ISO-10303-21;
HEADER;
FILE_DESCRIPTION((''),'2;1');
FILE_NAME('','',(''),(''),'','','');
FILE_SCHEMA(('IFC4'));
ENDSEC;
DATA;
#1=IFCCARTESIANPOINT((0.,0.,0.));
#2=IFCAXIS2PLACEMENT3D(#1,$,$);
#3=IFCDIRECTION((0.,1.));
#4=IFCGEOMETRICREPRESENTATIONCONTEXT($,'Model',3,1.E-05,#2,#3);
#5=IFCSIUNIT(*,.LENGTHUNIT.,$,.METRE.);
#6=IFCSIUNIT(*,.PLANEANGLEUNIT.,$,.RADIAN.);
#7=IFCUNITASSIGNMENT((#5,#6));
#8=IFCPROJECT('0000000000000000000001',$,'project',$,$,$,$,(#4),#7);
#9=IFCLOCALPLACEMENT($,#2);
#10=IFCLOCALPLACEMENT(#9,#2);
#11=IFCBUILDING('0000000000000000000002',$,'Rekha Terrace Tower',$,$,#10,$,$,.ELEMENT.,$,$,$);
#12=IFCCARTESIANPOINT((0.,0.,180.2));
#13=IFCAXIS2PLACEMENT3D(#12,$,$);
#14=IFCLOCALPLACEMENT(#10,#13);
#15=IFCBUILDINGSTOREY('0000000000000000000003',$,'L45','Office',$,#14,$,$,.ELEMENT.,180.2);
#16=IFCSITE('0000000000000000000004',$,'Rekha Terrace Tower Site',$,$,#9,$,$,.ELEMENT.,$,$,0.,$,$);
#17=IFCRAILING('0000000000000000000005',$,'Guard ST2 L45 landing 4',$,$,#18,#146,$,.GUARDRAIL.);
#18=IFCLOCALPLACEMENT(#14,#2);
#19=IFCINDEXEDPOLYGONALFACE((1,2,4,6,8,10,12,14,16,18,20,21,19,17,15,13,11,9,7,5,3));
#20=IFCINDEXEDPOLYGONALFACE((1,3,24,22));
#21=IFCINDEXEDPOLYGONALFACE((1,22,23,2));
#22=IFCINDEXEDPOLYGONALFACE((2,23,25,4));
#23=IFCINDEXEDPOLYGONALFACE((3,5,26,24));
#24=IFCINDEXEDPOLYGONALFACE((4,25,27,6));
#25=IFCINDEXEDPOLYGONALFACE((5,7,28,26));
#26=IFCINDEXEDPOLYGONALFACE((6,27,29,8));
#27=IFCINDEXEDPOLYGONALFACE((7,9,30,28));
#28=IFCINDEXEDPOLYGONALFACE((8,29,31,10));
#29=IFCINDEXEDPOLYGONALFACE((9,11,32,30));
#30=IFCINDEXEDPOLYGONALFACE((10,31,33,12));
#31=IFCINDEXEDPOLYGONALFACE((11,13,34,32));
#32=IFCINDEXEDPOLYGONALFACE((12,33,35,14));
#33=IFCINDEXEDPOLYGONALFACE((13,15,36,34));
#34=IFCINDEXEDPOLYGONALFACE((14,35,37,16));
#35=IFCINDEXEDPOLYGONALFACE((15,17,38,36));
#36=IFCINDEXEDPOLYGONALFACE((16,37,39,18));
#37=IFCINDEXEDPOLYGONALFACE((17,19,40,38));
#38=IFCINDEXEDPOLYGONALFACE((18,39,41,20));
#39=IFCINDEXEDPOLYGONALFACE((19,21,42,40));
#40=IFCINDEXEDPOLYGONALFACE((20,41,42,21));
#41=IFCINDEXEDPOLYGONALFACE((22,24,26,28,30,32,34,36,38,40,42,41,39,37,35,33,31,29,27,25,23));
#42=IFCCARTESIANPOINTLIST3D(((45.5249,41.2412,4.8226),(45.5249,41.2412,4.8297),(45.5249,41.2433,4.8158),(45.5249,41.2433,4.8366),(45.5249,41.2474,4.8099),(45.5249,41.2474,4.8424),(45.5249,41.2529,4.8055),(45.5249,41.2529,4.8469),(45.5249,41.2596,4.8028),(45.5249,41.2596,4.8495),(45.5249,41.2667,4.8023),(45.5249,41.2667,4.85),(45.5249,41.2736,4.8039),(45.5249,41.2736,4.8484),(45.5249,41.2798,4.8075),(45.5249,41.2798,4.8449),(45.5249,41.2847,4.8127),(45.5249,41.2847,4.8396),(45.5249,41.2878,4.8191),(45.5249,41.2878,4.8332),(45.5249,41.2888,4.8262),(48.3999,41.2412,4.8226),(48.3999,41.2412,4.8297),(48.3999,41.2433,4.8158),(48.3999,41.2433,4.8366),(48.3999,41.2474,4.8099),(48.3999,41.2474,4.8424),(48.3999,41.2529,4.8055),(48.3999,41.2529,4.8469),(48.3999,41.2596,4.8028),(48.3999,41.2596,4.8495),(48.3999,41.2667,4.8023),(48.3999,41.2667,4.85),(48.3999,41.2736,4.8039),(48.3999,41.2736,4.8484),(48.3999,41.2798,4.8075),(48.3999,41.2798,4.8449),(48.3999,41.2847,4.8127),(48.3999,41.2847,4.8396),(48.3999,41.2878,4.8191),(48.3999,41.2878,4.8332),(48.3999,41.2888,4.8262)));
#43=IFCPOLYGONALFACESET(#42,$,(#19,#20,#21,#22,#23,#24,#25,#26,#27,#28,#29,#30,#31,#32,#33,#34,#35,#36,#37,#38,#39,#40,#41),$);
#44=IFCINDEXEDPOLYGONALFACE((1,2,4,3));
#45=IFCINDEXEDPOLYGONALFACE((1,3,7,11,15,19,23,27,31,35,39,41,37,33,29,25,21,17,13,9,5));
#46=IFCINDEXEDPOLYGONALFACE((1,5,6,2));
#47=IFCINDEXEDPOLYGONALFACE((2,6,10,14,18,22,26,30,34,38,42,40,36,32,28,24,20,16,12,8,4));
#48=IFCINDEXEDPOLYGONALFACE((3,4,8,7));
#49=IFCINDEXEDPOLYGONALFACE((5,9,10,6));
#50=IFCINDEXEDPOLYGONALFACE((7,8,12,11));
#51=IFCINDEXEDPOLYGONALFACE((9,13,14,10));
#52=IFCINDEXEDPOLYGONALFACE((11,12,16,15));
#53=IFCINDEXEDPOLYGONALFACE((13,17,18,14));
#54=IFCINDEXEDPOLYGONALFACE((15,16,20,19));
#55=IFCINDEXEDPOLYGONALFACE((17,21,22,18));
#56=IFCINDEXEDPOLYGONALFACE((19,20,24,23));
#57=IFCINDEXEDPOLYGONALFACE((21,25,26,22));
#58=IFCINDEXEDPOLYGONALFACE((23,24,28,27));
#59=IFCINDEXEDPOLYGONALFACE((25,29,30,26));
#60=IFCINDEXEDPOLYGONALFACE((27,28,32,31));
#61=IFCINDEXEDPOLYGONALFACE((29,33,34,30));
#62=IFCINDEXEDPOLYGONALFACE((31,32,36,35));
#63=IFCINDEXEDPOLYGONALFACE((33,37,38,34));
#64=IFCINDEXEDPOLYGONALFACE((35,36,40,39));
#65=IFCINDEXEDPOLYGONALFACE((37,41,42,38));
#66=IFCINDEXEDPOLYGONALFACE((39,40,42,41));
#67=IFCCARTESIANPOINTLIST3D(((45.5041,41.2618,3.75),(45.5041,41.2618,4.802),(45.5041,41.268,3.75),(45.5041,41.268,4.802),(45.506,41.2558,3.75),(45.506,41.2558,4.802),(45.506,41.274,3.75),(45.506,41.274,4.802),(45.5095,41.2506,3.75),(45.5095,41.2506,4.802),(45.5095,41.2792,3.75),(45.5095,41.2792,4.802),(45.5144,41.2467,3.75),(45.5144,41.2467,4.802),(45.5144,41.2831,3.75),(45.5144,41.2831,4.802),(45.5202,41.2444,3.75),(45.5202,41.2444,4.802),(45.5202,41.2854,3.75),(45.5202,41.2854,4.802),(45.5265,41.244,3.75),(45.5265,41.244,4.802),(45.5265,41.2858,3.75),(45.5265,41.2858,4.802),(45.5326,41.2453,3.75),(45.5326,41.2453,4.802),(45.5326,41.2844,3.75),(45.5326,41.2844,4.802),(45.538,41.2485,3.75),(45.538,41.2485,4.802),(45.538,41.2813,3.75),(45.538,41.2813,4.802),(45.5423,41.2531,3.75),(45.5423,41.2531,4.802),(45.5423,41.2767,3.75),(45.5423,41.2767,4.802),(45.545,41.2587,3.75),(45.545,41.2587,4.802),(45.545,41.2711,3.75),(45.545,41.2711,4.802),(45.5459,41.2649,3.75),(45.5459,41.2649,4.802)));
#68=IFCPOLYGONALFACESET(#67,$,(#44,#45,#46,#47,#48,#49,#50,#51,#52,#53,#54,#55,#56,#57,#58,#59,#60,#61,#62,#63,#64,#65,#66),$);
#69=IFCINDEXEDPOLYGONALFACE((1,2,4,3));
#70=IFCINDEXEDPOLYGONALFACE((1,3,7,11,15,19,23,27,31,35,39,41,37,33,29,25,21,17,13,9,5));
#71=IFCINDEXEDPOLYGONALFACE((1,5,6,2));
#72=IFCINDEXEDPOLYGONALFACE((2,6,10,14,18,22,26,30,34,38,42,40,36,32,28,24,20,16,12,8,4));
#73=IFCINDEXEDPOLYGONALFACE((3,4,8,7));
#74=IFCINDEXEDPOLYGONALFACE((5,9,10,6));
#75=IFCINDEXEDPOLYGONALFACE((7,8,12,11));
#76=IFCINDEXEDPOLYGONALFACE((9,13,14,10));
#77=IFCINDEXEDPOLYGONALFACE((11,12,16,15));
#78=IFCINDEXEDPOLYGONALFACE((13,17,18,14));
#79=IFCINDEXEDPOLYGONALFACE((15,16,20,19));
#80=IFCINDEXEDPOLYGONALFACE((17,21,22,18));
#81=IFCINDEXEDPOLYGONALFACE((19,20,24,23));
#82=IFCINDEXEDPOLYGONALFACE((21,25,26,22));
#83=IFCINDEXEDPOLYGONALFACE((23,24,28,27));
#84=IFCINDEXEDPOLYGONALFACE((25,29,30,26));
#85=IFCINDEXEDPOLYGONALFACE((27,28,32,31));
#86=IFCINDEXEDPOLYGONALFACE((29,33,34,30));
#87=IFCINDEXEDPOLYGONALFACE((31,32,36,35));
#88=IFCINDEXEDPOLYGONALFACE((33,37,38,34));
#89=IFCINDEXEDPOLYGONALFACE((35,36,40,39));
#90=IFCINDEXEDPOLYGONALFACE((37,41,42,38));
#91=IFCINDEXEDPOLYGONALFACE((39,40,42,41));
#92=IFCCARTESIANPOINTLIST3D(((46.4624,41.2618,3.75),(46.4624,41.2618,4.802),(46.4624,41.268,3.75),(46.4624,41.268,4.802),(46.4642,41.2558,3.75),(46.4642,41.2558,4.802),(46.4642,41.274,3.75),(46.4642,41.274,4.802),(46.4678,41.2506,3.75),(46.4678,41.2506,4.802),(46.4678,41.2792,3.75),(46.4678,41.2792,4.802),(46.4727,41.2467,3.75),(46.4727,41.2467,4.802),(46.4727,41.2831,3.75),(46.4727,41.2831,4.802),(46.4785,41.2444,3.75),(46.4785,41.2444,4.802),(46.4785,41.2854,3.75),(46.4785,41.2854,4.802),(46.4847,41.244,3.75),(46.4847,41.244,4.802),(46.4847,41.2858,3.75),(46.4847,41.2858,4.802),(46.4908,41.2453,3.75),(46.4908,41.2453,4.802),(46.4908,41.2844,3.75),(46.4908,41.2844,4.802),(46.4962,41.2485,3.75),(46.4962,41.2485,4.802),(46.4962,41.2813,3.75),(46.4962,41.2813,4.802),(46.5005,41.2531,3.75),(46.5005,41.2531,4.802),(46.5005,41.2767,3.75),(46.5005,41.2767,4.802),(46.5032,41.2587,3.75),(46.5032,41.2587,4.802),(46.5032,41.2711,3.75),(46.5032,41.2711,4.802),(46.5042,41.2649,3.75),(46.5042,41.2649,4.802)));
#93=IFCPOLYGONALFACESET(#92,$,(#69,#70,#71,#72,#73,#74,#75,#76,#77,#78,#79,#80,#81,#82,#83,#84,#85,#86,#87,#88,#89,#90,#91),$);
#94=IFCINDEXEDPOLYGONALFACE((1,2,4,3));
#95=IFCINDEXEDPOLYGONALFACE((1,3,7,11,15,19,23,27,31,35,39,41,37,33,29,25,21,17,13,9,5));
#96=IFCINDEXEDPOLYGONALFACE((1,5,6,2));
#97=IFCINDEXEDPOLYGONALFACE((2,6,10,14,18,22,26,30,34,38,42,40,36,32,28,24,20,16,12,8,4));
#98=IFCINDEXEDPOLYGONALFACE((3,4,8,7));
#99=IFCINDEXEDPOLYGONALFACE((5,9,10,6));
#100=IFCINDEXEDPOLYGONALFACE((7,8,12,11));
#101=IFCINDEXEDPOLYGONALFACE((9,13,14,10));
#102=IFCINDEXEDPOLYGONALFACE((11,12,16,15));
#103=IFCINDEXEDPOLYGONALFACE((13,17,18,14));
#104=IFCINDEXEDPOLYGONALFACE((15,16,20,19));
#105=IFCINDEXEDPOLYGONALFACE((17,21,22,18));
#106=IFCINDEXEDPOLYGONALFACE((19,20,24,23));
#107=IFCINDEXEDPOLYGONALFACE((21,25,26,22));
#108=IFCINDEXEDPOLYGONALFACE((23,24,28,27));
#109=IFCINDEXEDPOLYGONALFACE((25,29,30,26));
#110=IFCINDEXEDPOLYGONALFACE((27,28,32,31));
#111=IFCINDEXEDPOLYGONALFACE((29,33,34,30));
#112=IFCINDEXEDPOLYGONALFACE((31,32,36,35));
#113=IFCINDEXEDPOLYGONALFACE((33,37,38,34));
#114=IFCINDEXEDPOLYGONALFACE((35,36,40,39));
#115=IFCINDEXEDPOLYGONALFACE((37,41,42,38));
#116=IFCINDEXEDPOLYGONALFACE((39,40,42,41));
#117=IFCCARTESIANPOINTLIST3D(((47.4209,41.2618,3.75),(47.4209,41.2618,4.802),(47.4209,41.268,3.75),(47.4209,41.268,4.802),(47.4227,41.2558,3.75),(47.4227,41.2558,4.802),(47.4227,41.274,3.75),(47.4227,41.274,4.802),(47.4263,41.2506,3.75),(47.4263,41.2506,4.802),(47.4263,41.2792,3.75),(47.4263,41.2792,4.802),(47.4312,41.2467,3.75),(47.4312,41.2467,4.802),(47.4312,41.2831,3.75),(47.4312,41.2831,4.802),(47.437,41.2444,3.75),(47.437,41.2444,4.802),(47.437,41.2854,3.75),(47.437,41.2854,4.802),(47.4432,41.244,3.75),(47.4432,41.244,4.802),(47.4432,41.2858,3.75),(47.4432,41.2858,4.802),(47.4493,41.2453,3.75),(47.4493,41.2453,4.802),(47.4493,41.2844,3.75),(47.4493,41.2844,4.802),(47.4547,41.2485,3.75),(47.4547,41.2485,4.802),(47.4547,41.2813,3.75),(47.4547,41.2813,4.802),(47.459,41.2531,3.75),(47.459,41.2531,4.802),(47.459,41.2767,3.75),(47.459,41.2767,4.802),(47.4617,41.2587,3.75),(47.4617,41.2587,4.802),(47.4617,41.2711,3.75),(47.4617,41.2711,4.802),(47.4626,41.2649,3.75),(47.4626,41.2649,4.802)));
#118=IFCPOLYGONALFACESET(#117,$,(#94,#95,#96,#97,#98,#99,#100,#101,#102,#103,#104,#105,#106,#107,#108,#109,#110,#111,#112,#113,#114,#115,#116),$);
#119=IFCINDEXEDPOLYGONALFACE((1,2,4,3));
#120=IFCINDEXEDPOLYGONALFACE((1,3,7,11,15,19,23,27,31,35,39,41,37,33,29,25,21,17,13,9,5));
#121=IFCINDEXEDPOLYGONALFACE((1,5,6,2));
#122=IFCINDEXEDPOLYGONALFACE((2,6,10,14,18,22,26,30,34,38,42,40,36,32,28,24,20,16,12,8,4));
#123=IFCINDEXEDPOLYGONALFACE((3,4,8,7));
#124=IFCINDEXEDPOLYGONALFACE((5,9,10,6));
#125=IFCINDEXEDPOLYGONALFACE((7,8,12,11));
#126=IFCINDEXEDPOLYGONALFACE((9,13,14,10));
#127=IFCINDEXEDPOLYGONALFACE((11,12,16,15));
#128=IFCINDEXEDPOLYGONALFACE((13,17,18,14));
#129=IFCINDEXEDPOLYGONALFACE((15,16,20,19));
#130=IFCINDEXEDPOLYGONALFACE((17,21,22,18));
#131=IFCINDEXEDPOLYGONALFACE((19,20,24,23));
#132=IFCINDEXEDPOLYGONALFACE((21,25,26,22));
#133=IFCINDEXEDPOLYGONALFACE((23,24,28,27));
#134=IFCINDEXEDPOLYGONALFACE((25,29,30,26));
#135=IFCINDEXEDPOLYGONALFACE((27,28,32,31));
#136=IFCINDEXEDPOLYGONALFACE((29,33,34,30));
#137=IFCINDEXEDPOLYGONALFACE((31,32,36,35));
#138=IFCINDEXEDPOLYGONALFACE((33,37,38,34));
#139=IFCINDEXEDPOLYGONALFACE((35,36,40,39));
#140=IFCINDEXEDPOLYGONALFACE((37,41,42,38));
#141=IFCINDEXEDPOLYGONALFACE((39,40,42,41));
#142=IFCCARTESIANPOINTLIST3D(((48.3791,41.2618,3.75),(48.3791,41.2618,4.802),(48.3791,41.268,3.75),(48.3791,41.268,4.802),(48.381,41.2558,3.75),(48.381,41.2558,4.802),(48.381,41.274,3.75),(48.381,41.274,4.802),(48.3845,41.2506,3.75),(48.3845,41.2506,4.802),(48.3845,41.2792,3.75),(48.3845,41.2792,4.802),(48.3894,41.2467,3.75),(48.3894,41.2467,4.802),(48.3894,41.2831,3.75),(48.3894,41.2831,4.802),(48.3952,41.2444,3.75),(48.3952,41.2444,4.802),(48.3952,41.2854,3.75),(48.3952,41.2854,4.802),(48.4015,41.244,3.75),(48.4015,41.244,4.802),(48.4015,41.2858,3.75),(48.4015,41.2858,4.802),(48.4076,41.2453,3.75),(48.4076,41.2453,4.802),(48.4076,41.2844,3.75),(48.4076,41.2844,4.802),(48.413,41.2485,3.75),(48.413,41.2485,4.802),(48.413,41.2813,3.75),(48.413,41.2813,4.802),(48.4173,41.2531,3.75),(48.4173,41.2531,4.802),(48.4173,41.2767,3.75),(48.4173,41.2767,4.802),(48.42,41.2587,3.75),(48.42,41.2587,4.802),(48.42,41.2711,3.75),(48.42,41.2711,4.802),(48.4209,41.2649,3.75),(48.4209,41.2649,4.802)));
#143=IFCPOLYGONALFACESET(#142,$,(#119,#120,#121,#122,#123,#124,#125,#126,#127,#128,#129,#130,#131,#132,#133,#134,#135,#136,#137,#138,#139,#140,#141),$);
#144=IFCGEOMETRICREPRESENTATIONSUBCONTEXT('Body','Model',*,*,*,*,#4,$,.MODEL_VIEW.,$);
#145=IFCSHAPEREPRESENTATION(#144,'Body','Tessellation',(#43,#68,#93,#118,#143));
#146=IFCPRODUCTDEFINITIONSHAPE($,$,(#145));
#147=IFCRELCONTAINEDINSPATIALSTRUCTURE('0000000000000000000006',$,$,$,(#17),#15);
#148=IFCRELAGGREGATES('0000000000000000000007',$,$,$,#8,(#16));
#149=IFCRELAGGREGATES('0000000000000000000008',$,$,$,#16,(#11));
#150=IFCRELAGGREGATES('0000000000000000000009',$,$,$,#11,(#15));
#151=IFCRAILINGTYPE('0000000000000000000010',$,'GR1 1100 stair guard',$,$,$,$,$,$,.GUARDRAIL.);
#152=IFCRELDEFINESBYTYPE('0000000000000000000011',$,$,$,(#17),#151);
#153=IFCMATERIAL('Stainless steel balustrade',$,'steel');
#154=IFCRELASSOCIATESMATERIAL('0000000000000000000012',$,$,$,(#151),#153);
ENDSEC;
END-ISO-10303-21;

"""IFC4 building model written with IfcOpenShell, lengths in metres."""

from ifc_helpers import new_model, si_unit, direction, frame, origin, origin_2d, place, context, subcontext, project, spatial, circle, extrude, material, type_object, element, save


model = new_model("IFC4")

# Units and contexts
model_context = context("Model", 3, precision=1e-05, world=origin(), true_north=direction((0.0, 1.0)))
body_context = subcontext(model_context, "Body", "Model", "MODEL_VIEW")
ifc_project = project(units=[si_unit("LENGTHUNIT", "METRE"), si_unit("PLANEANGLEUNIT", "RADIAN")], contexts=[model_context])

# Site, building, storey
site_placement = place(None, origin())
site = spatial("IfcSite", under=ifc_project, at=site_placement, Name="Rekha Terrace Tower Site", CompositionType="ELEMENT", RefElevation=0.0)
building_placement = place(site_placement, origin())
building = spatial("IfcBuilding", under=site, at=building_placement, Name="Rekha Terrace Tower", CompositionType="ELEMENT")
storey_placement = place(building_placement, frame((0.0, 0.0, 180.2)))
storey = spatial("IfcBuildingStorey", under=building, at=storey_placement, Name="L45", Description="Office", CompositionType="ELEMENT", Elevation=180.2)

# Railing
ifc_material_1 = material(Name="Stainless steel balustrade", Category="steel")
railing_type_1 = type_object("IfcRailingType", Name="GR1 1100 stair guard", PredefinedType="GUARDRAIL", material=ifc_material_1)
railing_1_placement = place(storey_placement, frame((45.5249, 41.2649, 3.75)))
element("IfcRailing", 1, at=railing_1_placement, inside=storey, type_object=railing_type_1, Name="Guard ST2 L45 landing 4", PredefinedType="GUARDRAIL", context=body_context, shape_type="SweptSolid", body=[
    extrude(circle(Radius=0.0239, at=origin_2d()), frame((0.0, 0.0, 1.0762), z_axis=(1.0, 0.0, 0.0), x_axis=(0.0, 1.0, 0.0)), (0.0, 0.0, 1.0), 2.875),
    extrude(circle(Radius=0.021, at=origin_2d()), origin(), (0.0, 0.0, 1.0), 1.052),
    extrude(circle(Radius=0.021, at=origin_2d()), frame((0.9583, 0.0, 0.0)), (0.0, 0.0, 1.0), 1.052),
    extrude(circle(Radius=0.021, at=origin_2d()), frame((1.9167, 0.0, 0.0)), (0.0, 0.0, 1.0), 1.052),
    extrude(circle(Radius=0.021, at=origin_2d()), frame((2.875, 0.0, 0.0)), (0.0, 0.0, 1.0), 1.052),
])

save(model, "model.ifc")
